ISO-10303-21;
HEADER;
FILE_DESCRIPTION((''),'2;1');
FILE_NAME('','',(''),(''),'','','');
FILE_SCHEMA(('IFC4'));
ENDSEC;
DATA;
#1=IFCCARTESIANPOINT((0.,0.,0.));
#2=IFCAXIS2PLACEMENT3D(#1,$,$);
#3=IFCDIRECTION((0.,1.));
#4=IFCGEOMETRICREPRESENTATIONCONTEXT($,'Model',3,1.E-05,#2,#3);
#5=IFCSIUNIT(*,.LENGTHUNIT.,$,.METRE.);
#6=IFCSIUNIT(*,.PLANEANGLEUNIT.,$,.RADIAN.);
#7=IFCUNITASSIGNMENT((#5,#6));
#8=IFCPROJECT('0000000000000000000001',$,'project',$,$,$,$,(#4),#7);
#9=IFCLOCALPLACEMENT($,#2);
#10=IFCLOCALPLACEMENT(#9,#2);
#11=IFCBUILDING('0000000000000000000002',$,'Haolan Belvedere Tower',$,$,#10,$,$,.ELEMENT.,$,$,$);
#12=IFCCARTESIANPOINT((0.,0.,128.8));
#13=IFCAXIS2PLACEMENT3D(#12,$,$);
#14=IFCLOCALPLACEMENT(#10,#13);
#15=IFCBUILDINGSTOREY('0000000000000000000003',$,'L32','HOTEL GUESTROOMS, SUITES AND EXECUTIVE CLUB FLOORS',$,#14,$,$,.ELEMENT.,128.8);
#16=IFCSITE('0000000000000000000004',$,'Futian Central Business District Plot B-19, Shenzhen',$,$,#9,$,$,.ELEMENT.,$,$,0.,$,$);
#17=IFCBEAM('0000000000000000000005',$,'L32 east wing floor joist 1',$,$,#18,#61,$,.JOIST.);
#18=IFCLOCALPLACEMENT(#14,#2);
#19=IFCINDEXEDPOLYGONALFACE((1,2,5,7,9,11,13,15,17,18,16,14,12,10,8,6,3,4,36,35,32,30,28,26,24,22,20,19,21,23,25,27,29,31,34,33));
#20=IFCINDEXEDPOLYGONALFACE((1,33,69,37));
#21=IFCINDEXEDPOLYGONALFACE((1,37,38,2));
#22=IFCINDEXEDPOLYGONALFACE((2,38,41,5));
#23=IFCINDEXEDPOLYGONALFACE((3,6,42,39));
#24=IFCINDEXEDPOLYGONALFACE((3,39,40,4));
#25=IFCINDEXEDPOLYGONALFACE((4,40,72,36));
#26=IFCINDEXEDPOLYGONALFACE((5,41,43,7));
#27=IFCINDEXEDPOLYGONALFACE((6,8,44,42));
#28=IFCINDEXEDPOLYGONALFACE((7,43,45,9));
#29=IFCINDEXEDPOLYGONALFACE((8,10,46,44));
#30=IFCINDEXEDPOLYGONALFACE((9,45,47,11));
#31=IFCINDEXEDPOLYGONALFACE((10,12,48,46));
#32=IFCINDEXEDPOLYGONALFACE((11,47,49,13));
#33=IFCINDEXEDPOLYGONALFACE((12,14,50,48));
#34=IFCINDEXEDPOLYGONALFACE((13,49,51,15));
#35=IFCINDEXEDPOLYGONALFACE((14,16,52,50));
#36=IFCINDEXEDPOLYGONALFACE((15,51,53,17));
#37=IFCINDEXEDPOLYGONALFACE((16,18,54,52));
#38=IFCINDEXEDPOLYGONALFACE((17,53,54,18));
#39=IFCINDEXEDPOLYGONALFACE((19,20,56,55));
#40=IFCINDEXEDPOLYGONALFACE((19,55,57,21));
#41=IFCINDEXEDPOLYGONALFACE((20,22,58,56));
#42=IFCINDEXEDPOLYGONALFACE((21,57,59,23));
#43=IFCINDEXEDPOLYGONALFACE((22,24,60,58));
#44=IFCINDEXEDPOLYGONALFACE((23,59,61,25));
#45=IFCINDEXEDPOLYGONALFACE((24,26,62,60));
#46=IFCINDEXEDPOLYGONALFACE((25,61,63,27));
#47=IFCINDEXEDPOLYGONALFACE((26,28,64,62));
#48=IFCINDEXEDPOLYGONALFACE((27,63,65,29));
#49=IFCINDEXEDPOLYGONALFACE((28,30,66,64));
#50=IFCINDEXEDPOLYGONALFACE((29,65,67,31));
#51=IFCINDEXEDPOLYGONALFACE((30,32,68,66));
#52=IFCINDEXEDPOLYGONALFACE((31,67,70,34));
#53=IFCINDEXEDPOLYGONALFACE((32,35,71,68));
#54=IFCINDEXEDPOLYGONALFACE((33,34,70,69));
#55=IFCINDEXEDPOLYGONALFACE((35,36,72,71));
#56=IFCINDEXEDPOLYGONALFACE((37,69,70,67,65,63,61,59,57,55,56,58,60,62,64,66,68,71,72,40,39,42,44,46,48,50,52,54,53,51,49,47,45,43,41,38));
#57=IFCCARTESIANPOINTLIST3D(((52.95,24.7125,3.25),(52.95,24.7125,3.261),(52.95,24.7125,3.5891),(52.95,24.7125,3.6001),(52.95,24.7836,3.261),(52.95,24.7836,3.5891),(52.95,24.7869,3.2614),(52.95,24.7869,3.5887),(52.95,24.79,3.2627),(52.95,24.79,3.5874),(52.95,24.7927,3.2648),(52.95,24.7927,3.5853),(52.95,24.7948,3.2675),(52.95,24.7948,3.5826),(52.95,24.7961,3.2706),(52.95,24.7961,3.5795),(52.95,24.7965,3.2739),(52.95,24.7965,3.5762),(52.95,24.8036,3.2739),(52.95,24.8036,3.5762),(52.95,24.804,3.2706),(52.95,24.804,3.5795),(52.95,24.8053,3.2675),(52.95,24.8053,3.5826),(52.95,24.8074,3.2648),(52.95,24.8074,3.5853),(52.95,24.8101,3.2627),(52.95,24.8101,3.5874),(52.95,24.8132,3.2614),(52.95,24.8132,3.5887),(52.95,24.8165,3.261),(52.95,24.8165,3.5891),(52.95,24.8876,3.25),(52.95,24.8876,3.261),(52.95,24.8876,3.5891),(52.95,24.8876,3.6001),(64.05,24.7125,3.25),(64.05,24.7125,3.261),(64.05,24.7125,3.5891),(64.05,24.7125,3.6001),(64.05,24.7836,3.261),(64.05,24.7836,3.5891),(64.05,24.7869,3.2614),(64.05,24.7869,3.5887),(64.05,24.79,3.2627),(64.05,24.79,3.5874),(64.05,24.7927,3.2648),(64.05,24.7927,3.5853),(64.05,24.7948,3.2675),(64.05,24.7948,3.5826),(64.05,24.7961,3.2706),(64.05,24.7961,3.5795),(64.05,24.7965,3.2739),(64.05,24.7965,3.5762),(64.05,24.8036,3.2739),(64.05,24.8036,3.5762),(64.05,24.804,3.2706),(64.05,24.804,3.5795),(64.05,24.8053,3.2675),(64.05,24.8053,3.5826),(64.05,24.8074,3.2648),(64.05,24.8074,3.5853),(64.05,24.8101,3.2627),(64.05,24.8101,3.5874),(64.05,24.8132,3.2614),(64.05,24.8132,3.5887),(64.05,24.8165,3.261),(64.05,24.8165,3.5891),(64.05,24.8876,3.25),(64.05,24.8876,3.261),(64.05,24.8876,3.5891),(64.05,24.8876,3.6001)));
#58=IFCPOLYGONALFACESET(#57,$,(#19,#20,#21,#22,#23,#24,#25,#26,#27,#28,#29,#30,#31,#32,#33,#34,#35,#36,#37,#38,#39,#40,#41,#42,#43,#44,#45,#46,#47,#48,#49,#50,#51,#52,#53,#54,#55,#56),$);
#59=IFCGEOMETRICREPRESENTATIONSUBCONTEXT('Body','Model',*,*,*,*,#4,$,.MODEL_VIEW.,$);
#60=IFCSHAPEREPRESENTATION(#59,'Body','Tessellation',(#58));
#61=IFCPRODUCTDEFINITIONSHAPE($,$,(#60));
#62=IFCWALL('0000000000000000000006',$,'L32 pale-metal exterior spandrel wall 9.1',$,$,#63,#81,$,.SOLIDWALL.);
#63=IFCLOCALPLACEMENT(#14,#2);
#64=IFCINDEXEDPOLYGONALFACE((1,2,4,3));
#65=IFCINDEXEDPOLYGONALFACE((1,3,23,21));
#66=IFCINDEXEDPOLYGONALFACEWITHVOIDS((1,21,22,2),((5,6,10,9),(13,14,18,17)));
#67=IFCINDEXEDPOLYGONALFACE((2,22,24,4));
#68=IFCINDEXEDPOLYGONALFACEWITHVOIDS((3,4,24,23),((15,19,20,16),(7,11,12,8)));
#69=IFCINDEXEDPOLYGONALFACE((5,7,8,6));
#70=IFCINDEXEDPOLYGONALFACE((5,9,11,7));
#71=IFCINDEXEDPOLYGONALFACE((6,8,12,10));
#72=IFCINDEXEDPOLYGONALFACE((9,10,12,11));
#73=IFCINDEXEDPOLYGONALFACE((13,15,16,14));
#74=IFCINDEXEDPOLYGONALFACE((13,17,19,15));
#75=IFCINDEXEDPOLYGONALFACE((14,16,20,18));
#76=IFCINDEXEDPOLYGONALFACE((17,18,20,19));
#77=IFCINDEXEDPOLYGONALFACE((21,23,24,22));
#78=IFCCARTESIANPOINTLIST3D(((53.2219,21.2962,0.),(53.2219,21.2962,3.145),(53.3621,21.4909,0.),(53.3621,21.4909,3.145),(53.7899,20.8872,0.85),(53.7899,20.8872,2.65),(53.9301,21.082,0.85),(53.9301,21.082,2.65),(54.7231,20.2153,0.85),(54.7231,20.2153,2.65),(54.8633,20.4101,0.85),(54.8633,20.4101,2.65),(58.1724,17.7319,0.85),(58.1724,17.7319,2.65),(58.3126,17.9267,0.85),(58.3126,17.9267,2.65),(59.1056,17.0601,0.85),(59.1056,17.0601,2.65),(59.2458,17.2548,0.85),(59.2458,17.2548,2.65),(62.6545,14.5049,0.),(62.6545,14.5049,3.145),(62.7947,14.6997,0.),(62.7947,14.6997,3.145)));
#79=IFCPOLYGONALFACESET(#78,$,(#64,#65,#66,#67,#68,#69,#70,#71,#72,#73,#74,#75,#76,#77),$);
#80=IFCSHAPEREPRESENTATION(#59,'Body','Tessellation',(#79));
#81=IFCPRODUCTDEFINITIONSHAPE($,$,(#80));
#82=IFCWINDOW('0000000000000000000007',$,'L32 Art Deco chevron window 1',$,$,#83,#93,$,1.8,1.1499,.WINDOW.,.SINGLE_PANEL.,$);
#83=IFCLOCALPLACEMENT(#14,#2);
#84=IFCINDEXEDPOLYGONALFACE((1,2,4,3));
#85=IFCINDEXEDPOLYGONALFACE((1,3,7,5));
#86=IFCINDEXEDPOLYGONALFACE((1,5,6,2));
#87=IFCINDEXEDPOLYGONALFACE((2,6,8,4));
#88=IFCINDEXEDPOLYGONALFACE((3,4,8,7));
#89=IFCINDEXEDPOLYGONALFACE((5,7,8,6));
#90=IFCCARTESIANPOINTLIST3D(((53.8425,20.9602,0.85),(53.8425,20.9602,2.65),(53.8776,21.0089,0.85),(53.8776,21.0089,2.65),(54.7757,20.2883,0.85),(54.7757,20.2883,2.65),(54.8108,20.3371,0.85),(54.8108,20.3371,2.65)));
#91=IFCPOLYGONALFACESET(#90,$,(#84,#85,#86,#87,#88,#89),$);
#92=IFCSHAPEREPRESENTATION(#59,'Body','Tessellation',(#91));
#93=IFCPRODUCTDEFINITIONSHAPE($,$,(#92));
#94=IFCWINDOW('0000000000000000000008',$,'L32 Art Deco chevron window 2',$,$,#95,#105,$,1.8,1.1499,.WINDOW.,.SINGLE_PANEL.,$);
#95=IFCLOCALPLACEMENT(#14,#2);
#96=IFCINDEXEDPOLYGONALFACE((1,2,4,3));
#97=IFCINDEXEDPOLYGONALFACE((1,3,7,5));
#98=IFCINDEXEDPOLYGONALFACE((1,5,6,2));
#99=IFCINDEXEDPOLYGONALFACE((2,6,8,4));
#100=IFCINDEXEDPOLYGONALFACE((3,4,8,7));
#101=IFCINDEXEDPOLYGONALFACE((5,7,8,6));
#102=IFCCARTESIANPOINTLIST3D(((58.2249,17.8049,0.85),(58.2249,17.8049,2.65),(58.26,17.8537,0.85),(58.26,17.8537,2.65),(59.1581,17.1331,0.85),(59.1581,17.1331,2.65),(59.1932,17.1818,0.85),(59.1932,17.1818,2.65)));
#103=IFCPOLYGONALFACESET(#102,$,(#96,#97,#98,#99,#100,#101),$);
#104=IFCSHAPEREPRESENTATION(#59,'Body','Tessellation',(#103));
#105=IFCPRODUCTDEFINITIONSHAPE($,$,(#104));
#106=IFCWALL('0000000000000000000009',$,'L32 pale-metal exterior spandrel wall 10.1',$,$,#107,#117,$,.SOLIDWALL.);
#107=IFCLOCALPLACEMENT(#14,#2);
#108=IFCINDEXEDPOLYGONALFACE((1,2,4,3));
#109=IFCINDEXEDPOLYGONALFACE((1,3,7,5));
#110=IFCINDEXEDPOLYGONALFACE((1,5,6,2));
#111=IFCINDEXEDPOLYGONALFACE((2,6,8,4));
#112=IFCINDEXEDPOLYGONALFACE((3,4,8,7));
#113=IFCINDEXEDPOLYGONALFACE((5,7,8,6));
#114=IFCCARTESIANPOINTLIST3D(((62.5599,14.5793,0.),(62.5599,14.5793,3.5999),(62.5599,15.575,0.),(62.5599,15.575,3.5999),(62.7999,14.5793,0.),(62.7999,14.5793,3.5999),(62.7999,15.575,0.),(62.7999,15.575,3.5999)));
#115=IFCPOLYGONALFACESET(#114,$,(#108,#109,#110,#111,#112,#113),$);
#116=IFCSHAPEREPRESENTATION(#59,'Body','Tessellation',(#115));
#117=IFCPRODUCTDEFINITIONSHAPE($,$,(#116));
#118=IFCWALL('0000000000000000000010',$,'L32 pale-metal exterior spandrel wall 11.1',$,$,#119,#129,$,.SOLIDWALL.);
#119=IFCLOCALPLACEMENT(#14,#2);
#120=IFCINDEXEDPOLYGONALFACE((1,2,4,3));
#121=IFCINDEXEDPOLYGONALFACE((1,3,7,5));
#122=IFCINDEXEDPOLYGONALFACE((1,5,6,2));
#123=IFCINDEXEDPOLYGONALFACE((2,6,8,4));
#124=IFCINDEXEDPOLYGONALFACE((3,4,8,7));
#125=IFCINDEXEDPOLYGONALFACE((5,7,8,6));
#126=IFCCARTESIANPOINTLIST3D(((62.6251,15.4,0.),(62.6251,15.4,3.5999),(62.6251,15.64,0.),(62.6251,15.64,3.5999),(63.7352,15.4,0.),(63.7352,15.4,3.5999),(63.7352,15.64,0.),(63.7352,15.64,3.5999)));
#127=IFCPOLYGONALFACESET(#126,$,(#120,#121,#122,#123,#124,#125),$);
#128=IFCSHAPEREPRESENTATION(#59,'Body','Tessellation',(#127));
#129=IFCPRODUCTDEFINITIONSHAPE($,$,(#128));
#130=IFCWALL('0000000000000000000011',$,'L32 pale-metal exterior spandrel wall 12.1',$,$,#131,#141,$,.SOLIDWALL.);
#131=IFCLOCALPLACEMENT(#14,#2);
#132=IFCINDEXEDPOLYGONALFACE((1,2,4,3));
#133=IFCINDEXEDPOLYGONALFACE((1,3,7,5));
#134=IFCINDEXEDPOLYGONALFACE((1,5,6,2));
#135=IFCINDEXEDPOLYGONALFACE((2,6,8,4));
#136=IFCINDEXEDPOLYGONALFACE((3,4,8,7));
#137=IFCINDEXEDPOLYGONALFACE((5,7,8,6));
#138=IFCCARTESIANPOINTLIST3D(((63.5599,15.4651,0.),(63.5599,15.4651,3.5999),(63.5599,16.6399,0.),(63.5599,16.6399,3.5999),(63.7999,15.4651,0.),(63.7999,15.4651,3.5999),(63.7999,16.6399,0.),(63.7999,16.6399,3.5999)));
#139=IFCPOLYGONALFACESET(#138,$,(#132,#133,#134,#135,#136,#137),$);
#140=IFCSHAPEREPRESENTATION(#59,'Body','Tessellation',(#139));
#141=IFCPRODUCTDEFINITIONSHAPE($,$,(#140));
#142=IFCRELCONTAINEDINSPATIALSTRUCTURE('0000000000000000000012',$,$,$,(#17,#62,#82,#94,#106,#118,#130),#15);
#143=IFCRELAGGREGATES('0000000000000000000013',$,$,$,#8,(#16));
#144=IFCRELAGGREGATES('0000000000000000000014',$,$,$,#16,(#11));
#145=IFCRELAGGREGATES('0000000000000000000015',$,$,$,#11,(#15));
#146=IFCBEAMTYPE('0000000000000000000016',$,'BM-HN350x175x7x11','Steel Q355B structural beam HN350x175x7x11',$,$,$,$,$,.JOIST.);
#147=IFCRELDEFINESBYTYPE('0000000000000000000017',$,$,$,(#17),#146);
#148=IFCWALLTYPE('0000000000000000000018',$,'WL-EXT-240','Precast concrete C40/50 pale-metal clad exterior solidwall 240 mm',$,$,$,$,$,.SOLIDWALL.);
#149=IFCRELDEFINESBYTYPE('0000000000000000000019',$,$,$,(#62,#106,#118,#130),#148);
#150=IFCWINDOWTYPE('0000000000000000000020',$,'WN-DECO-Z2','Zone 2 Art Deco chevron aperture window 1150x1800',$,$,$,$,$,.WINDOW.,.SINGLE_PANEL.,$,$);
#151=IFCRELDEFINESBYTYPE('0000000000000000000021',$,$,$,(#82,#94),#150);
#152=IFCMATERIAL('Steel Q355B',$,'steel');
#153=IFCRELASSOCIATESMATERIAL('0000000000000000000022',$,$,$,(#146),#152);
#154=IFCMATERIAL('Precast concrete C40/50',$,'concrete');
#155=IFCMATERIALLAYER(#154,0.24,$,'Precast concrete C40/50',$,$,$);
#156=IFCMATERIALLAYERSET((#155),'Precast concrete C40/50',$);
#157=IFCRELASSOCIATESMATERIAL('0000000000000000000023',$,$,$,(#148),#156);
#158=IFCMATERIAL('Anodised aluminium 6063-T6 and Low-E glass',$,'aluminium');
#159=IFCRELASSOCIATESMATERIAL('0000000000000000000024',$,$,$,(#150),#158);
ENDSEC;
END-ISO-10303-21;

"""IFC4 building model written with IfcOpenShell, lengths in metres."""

from ifc_helpers import new_model, si_unit, direction, frame, frame_2d, origin, origin_2d, place, context, subcontext, project, spatial, rectangle, i_section, extrude, material, layer, layer_set, material_profile, profile_set, type_object, element, fill, save


model = new_model("IFC4")

# Units and contexts
model_context = context("Model", 3, precision=1e-05, world=origin(), true_north=direction((0.0, 1.0)))
body_context = subcontext(model_context, "Body", "Model", "MODEL_VIEW")
ifc_project = project(units=[si_unit("LENGTHUNIT", "METRE"), si_unit("PLANEANGLEUNIT", "RADIAN")], contexts=[model_context])

# Site, building, storey
site_placement = place(None, origin())
site = spatial("IfcSite", under=ifc_project, at=site_placement, Name="Futian Central Business District Plot B-19, Shenzhen", CompositionType="ELEMENT", RefElevation=0.0)
building_placement = place(site_placement, origin())
building = spatial("IfcBuilding", under=site, at=building_placement, Name="Haolan Belvedere Tower", CompositionType="ELEMENT")
storey_placement = place(building_placement, frame((0.0, 0.0, 128.8)))
storey = spatial("IfcBuildingStorey", under=building, at=storey_placement, Name="L32", Description="HOTEL GUESTROOMS, SUITES AND EXECUTIVE CLUB FLOORS", CompositionType="ELEMENT", Elevation=128.8)

# Beam
ifc_material_1 = material(Name="Steel Q355B", Category="steel")
ifc_material_profile_1 = material_profile(ifc_material_1, i_section(OverallWidth=0.175, OverallDepth=0.3501, WebThickness=0.0071, FlangeThickness=0.011, FilletRadius=0.0129, at=origin_2d()), Name="Steel Q355B")
ifc_profile_set_1 = profile_set([ifc_material_profile_1], Name="Steel Q355B")
beam_type_1 = type_object("IfcBeamType", Name="BM-HN350x175x7x11", Description="Steel Q355B structural beam HN350x175x7x11", PredefinedType="JOIST", material=ifc_profile_set_1)
beam_1_placement = place(storey_placement, frame((52.95, 24.8, 3.425), z_axis=(1.0, 0.0, 0.0), x_axis=(0.0, 1.0, 0.0)))
element("IfcBeam", 1, at=beam_1_placement, inside=storey, type_object=beam_type_1, Name="L32 east wing floor joist 1", PredefinedType="JOIST", context=body_context, shape_type="SweptSolid", body=[
    extrude(i_section(OverallWidth=0.175, OverallDepth=0.3501, WebThickness=0.0071, FlangeThickness=0.011, FilletRadius=0.0129, at=origin_2d()), origin(), (0.0, 0.0, 1.0), 11.1001),
])

# Wall, openings, windows
ifc_material_2 = material(Name="Precast concrete C40/50", Category="concrete")
ifc_layer_1 = layer(ifc_material_2, 0.24, Name="Precast concrete C40/50")
ifc_layer_set_1 = layer_set([ifc_layer_1], Name="Precast concrete C40/50")
wall_type_1 = type_object("IfcWallType", Name="WL-EXT-240", Description="Precast concrete C40/50 pale-metal clad exterior solidwall 240 mm", PredefinedType="SOLIDWALL", material=ifc_layer_set_1)
wall_1_placement = place(storey_placement, frame((53.292, 21.3936, 0.0), z_axis=(0.0, 0.0, 1.0), x_axis=(0.811544, -0.584292, 0.0)))
wall_1 = element("IfcWall", 2, at=wall_1_placement, inside=storey, type_object=wall_type_1, Name="L32 pale-metal exterior spandrel wall 9.1", PredefinedType="SOLIDWALL", context=body_context, shape_type="SweptSolid", body=[
    extrude(rectangle(XDim=11.623, YDim=0.24, at=frame_2d((5.8115, 0.0))), origin(), (0.0, 0.0, 1.0), 3.145),
])
opening_1_placement = place(wall_1_placement, frame((0.7, 0.0, 0.8501)))
opening_1 = element("IfcOpeningElement", 3, at=opening_1_placement, cuts=wall_1, PredefinedType="OPENING", context=body_context, shape_type="SweptSolid", body=[
    extrude(rectangle(XDim=1.1499, YDim=1.8, at=frame_2d((0.575, 0.8999))), frame((0.0, 0.1299, 0.0), z_axis=(0.0, -1.0, 0.0), x_axis=(1.0, 0.0, 0.0)), (0.0, 0.0, 1.0), 0.26),
])
opening_2_placement = place(wall_1_placement, frame((6.1001, 0.0, 0.8501)))
opening_2 = element("IfcOpeningElement", 4, at=opening_2_placement, cuts=wall_1, PredefinedType="OPENING", context=body_context, shape_type="SweptSolid", body=[
    extrude(rectangle(XDim=1.1499, YDim=1.8, at=frame_2d((0.575, 0.8999))), frame((0.0, 0.1299, 0.0), z_axis=(0.0, -1.0, 0.0), x_axis=(1.0, 0.0, 0.0)), (0.0, 0.0, 1.0), 0.26),
])
ifc_material_3 = material(Name="Anodised aluminium 6063-T6 and Low-E glass", Category="aluminium")
window_type = type_object("IfcWindowType", Name="WN-DECO-Z2", Description="Zone 2 Art Deco chevron aperture window 1150x1800", PartitioningType="SINGLE_PANEL", PredefinedType="WINDOW", material=ifc_material_3)
window_1_placement = place(opening_1_placement, origin())
window_1 = element("IfcWindow", 5, at=window_1_placement, inside=storey, type_object=window_type, Name="L32 Art Deco chevron window 1", OverallHeight=1.8, OverallWidth=1.1499, PartitioningType="SINGLE_PANEL", PredefinedType="WINDOW", context=body_context, shape_type="SweptSolid", body=[
    extrude(rectangle(XDim=1.1499, YDim=1.8, at=frame_2d((0.575, 0.8999))), frame((0.0, 0.03, 0.0), z_axis=(0.0, -1.0, 0.0), x_axis=(1.0, 0.0, 0.0)), (0.0, 0.0, 1.0), 0.0601),
])
fill(opening_1, window_1)
window_2_placement = place(opening_2_placement, origin())
window_2 = element("IfcWindow", 6, at=window_2_placement, inside=storey, type_object=window_type, Name="L32 Art Deco chevron window 2", OverallHeight=1.8, OverallWidth=1.1499, PartitioningType="SINGLE_PANEL", PredefinedType="WINDOW", context=body_context, shape_type="SweptSolid", body=[
    extrude(rectangle(XDim=1.1499, YDim=1.8, at=frame_2d((0.575, 0.8999))), frame((0.0, 0.03, 0.0), z_axis=(0.0, -1.0, 0.0), x_axis=(1.0, 0.0, 0.0)), (0.0, 0.0, 1.0), 0.0601),
])
fill(opening_2, window_2)

# Walls
wall_2_placement = place(storey_placement, frame((62.6799, 14.5793, 0.0), z_axis=(0.0, 0.0, 1.0), x_axis=(0.0, 1.0, 0.0)))
element("IfcWall", 7, at=wall_2_placement, inside=storey, type_object=wall_type_1, Name="L32 pale-metal exterior spandrel wall 10.1", PredefinedType="SOLIDWALL", context=body_context, shape_type="SweptSolid", body=[
    extrude(rectangle(XDim=0.9956, YDim=0.24, at=frame_2d((0.4978, 0.0))), origin(), (0.0, 0.0, 1.0), 3.5999),
])
wall_3_placement = place(storey_placement, frame((62.625, 15.52, 0.0), z_axis=(0.0, 0.0, 1.0), x_axis=(1.0, 0.0, 0.0)))
element("IfcWall", 8, at=wall_3_placement, inside=storey, type_object=wall_type_1, Name="L32 pale-metal exterior spandrel wall 11.1", PredefinedType="SOLIDWALL", context=body_context, shape_type="SweptSolid", body=[
    extrude(rectangle(XDim=1.1101, YDim=0.24, at=frame_2d((0.5552, 0.0))), origin(), (0.0, 0.0, 1.0), 3.5999),
])
wall_4_placement = place(storey_placement, frame((63.6799, 15.4651, 0.0), z_axis=(0.0, 0.0, 1.0), x_axis=(0.0, 1.0, 0.0)))
element("IfcWall", 9, at=wall_4_placement, inside=storey, type_object=wall_type_1, Name="L32 pale-metal exterior spandrel wall 12.1", PredefinedType="SOLIDWALL", context=body_context, shape_type="SweptSolid", body=[
    extrude(rectangle(XDim=1.1748, YDim=0.24, at=frame_2d((0.5874, 0.0))), origin(), (0.0, 0.0, 1.0), 3.5999),
])

save(model, "model.ifc")
